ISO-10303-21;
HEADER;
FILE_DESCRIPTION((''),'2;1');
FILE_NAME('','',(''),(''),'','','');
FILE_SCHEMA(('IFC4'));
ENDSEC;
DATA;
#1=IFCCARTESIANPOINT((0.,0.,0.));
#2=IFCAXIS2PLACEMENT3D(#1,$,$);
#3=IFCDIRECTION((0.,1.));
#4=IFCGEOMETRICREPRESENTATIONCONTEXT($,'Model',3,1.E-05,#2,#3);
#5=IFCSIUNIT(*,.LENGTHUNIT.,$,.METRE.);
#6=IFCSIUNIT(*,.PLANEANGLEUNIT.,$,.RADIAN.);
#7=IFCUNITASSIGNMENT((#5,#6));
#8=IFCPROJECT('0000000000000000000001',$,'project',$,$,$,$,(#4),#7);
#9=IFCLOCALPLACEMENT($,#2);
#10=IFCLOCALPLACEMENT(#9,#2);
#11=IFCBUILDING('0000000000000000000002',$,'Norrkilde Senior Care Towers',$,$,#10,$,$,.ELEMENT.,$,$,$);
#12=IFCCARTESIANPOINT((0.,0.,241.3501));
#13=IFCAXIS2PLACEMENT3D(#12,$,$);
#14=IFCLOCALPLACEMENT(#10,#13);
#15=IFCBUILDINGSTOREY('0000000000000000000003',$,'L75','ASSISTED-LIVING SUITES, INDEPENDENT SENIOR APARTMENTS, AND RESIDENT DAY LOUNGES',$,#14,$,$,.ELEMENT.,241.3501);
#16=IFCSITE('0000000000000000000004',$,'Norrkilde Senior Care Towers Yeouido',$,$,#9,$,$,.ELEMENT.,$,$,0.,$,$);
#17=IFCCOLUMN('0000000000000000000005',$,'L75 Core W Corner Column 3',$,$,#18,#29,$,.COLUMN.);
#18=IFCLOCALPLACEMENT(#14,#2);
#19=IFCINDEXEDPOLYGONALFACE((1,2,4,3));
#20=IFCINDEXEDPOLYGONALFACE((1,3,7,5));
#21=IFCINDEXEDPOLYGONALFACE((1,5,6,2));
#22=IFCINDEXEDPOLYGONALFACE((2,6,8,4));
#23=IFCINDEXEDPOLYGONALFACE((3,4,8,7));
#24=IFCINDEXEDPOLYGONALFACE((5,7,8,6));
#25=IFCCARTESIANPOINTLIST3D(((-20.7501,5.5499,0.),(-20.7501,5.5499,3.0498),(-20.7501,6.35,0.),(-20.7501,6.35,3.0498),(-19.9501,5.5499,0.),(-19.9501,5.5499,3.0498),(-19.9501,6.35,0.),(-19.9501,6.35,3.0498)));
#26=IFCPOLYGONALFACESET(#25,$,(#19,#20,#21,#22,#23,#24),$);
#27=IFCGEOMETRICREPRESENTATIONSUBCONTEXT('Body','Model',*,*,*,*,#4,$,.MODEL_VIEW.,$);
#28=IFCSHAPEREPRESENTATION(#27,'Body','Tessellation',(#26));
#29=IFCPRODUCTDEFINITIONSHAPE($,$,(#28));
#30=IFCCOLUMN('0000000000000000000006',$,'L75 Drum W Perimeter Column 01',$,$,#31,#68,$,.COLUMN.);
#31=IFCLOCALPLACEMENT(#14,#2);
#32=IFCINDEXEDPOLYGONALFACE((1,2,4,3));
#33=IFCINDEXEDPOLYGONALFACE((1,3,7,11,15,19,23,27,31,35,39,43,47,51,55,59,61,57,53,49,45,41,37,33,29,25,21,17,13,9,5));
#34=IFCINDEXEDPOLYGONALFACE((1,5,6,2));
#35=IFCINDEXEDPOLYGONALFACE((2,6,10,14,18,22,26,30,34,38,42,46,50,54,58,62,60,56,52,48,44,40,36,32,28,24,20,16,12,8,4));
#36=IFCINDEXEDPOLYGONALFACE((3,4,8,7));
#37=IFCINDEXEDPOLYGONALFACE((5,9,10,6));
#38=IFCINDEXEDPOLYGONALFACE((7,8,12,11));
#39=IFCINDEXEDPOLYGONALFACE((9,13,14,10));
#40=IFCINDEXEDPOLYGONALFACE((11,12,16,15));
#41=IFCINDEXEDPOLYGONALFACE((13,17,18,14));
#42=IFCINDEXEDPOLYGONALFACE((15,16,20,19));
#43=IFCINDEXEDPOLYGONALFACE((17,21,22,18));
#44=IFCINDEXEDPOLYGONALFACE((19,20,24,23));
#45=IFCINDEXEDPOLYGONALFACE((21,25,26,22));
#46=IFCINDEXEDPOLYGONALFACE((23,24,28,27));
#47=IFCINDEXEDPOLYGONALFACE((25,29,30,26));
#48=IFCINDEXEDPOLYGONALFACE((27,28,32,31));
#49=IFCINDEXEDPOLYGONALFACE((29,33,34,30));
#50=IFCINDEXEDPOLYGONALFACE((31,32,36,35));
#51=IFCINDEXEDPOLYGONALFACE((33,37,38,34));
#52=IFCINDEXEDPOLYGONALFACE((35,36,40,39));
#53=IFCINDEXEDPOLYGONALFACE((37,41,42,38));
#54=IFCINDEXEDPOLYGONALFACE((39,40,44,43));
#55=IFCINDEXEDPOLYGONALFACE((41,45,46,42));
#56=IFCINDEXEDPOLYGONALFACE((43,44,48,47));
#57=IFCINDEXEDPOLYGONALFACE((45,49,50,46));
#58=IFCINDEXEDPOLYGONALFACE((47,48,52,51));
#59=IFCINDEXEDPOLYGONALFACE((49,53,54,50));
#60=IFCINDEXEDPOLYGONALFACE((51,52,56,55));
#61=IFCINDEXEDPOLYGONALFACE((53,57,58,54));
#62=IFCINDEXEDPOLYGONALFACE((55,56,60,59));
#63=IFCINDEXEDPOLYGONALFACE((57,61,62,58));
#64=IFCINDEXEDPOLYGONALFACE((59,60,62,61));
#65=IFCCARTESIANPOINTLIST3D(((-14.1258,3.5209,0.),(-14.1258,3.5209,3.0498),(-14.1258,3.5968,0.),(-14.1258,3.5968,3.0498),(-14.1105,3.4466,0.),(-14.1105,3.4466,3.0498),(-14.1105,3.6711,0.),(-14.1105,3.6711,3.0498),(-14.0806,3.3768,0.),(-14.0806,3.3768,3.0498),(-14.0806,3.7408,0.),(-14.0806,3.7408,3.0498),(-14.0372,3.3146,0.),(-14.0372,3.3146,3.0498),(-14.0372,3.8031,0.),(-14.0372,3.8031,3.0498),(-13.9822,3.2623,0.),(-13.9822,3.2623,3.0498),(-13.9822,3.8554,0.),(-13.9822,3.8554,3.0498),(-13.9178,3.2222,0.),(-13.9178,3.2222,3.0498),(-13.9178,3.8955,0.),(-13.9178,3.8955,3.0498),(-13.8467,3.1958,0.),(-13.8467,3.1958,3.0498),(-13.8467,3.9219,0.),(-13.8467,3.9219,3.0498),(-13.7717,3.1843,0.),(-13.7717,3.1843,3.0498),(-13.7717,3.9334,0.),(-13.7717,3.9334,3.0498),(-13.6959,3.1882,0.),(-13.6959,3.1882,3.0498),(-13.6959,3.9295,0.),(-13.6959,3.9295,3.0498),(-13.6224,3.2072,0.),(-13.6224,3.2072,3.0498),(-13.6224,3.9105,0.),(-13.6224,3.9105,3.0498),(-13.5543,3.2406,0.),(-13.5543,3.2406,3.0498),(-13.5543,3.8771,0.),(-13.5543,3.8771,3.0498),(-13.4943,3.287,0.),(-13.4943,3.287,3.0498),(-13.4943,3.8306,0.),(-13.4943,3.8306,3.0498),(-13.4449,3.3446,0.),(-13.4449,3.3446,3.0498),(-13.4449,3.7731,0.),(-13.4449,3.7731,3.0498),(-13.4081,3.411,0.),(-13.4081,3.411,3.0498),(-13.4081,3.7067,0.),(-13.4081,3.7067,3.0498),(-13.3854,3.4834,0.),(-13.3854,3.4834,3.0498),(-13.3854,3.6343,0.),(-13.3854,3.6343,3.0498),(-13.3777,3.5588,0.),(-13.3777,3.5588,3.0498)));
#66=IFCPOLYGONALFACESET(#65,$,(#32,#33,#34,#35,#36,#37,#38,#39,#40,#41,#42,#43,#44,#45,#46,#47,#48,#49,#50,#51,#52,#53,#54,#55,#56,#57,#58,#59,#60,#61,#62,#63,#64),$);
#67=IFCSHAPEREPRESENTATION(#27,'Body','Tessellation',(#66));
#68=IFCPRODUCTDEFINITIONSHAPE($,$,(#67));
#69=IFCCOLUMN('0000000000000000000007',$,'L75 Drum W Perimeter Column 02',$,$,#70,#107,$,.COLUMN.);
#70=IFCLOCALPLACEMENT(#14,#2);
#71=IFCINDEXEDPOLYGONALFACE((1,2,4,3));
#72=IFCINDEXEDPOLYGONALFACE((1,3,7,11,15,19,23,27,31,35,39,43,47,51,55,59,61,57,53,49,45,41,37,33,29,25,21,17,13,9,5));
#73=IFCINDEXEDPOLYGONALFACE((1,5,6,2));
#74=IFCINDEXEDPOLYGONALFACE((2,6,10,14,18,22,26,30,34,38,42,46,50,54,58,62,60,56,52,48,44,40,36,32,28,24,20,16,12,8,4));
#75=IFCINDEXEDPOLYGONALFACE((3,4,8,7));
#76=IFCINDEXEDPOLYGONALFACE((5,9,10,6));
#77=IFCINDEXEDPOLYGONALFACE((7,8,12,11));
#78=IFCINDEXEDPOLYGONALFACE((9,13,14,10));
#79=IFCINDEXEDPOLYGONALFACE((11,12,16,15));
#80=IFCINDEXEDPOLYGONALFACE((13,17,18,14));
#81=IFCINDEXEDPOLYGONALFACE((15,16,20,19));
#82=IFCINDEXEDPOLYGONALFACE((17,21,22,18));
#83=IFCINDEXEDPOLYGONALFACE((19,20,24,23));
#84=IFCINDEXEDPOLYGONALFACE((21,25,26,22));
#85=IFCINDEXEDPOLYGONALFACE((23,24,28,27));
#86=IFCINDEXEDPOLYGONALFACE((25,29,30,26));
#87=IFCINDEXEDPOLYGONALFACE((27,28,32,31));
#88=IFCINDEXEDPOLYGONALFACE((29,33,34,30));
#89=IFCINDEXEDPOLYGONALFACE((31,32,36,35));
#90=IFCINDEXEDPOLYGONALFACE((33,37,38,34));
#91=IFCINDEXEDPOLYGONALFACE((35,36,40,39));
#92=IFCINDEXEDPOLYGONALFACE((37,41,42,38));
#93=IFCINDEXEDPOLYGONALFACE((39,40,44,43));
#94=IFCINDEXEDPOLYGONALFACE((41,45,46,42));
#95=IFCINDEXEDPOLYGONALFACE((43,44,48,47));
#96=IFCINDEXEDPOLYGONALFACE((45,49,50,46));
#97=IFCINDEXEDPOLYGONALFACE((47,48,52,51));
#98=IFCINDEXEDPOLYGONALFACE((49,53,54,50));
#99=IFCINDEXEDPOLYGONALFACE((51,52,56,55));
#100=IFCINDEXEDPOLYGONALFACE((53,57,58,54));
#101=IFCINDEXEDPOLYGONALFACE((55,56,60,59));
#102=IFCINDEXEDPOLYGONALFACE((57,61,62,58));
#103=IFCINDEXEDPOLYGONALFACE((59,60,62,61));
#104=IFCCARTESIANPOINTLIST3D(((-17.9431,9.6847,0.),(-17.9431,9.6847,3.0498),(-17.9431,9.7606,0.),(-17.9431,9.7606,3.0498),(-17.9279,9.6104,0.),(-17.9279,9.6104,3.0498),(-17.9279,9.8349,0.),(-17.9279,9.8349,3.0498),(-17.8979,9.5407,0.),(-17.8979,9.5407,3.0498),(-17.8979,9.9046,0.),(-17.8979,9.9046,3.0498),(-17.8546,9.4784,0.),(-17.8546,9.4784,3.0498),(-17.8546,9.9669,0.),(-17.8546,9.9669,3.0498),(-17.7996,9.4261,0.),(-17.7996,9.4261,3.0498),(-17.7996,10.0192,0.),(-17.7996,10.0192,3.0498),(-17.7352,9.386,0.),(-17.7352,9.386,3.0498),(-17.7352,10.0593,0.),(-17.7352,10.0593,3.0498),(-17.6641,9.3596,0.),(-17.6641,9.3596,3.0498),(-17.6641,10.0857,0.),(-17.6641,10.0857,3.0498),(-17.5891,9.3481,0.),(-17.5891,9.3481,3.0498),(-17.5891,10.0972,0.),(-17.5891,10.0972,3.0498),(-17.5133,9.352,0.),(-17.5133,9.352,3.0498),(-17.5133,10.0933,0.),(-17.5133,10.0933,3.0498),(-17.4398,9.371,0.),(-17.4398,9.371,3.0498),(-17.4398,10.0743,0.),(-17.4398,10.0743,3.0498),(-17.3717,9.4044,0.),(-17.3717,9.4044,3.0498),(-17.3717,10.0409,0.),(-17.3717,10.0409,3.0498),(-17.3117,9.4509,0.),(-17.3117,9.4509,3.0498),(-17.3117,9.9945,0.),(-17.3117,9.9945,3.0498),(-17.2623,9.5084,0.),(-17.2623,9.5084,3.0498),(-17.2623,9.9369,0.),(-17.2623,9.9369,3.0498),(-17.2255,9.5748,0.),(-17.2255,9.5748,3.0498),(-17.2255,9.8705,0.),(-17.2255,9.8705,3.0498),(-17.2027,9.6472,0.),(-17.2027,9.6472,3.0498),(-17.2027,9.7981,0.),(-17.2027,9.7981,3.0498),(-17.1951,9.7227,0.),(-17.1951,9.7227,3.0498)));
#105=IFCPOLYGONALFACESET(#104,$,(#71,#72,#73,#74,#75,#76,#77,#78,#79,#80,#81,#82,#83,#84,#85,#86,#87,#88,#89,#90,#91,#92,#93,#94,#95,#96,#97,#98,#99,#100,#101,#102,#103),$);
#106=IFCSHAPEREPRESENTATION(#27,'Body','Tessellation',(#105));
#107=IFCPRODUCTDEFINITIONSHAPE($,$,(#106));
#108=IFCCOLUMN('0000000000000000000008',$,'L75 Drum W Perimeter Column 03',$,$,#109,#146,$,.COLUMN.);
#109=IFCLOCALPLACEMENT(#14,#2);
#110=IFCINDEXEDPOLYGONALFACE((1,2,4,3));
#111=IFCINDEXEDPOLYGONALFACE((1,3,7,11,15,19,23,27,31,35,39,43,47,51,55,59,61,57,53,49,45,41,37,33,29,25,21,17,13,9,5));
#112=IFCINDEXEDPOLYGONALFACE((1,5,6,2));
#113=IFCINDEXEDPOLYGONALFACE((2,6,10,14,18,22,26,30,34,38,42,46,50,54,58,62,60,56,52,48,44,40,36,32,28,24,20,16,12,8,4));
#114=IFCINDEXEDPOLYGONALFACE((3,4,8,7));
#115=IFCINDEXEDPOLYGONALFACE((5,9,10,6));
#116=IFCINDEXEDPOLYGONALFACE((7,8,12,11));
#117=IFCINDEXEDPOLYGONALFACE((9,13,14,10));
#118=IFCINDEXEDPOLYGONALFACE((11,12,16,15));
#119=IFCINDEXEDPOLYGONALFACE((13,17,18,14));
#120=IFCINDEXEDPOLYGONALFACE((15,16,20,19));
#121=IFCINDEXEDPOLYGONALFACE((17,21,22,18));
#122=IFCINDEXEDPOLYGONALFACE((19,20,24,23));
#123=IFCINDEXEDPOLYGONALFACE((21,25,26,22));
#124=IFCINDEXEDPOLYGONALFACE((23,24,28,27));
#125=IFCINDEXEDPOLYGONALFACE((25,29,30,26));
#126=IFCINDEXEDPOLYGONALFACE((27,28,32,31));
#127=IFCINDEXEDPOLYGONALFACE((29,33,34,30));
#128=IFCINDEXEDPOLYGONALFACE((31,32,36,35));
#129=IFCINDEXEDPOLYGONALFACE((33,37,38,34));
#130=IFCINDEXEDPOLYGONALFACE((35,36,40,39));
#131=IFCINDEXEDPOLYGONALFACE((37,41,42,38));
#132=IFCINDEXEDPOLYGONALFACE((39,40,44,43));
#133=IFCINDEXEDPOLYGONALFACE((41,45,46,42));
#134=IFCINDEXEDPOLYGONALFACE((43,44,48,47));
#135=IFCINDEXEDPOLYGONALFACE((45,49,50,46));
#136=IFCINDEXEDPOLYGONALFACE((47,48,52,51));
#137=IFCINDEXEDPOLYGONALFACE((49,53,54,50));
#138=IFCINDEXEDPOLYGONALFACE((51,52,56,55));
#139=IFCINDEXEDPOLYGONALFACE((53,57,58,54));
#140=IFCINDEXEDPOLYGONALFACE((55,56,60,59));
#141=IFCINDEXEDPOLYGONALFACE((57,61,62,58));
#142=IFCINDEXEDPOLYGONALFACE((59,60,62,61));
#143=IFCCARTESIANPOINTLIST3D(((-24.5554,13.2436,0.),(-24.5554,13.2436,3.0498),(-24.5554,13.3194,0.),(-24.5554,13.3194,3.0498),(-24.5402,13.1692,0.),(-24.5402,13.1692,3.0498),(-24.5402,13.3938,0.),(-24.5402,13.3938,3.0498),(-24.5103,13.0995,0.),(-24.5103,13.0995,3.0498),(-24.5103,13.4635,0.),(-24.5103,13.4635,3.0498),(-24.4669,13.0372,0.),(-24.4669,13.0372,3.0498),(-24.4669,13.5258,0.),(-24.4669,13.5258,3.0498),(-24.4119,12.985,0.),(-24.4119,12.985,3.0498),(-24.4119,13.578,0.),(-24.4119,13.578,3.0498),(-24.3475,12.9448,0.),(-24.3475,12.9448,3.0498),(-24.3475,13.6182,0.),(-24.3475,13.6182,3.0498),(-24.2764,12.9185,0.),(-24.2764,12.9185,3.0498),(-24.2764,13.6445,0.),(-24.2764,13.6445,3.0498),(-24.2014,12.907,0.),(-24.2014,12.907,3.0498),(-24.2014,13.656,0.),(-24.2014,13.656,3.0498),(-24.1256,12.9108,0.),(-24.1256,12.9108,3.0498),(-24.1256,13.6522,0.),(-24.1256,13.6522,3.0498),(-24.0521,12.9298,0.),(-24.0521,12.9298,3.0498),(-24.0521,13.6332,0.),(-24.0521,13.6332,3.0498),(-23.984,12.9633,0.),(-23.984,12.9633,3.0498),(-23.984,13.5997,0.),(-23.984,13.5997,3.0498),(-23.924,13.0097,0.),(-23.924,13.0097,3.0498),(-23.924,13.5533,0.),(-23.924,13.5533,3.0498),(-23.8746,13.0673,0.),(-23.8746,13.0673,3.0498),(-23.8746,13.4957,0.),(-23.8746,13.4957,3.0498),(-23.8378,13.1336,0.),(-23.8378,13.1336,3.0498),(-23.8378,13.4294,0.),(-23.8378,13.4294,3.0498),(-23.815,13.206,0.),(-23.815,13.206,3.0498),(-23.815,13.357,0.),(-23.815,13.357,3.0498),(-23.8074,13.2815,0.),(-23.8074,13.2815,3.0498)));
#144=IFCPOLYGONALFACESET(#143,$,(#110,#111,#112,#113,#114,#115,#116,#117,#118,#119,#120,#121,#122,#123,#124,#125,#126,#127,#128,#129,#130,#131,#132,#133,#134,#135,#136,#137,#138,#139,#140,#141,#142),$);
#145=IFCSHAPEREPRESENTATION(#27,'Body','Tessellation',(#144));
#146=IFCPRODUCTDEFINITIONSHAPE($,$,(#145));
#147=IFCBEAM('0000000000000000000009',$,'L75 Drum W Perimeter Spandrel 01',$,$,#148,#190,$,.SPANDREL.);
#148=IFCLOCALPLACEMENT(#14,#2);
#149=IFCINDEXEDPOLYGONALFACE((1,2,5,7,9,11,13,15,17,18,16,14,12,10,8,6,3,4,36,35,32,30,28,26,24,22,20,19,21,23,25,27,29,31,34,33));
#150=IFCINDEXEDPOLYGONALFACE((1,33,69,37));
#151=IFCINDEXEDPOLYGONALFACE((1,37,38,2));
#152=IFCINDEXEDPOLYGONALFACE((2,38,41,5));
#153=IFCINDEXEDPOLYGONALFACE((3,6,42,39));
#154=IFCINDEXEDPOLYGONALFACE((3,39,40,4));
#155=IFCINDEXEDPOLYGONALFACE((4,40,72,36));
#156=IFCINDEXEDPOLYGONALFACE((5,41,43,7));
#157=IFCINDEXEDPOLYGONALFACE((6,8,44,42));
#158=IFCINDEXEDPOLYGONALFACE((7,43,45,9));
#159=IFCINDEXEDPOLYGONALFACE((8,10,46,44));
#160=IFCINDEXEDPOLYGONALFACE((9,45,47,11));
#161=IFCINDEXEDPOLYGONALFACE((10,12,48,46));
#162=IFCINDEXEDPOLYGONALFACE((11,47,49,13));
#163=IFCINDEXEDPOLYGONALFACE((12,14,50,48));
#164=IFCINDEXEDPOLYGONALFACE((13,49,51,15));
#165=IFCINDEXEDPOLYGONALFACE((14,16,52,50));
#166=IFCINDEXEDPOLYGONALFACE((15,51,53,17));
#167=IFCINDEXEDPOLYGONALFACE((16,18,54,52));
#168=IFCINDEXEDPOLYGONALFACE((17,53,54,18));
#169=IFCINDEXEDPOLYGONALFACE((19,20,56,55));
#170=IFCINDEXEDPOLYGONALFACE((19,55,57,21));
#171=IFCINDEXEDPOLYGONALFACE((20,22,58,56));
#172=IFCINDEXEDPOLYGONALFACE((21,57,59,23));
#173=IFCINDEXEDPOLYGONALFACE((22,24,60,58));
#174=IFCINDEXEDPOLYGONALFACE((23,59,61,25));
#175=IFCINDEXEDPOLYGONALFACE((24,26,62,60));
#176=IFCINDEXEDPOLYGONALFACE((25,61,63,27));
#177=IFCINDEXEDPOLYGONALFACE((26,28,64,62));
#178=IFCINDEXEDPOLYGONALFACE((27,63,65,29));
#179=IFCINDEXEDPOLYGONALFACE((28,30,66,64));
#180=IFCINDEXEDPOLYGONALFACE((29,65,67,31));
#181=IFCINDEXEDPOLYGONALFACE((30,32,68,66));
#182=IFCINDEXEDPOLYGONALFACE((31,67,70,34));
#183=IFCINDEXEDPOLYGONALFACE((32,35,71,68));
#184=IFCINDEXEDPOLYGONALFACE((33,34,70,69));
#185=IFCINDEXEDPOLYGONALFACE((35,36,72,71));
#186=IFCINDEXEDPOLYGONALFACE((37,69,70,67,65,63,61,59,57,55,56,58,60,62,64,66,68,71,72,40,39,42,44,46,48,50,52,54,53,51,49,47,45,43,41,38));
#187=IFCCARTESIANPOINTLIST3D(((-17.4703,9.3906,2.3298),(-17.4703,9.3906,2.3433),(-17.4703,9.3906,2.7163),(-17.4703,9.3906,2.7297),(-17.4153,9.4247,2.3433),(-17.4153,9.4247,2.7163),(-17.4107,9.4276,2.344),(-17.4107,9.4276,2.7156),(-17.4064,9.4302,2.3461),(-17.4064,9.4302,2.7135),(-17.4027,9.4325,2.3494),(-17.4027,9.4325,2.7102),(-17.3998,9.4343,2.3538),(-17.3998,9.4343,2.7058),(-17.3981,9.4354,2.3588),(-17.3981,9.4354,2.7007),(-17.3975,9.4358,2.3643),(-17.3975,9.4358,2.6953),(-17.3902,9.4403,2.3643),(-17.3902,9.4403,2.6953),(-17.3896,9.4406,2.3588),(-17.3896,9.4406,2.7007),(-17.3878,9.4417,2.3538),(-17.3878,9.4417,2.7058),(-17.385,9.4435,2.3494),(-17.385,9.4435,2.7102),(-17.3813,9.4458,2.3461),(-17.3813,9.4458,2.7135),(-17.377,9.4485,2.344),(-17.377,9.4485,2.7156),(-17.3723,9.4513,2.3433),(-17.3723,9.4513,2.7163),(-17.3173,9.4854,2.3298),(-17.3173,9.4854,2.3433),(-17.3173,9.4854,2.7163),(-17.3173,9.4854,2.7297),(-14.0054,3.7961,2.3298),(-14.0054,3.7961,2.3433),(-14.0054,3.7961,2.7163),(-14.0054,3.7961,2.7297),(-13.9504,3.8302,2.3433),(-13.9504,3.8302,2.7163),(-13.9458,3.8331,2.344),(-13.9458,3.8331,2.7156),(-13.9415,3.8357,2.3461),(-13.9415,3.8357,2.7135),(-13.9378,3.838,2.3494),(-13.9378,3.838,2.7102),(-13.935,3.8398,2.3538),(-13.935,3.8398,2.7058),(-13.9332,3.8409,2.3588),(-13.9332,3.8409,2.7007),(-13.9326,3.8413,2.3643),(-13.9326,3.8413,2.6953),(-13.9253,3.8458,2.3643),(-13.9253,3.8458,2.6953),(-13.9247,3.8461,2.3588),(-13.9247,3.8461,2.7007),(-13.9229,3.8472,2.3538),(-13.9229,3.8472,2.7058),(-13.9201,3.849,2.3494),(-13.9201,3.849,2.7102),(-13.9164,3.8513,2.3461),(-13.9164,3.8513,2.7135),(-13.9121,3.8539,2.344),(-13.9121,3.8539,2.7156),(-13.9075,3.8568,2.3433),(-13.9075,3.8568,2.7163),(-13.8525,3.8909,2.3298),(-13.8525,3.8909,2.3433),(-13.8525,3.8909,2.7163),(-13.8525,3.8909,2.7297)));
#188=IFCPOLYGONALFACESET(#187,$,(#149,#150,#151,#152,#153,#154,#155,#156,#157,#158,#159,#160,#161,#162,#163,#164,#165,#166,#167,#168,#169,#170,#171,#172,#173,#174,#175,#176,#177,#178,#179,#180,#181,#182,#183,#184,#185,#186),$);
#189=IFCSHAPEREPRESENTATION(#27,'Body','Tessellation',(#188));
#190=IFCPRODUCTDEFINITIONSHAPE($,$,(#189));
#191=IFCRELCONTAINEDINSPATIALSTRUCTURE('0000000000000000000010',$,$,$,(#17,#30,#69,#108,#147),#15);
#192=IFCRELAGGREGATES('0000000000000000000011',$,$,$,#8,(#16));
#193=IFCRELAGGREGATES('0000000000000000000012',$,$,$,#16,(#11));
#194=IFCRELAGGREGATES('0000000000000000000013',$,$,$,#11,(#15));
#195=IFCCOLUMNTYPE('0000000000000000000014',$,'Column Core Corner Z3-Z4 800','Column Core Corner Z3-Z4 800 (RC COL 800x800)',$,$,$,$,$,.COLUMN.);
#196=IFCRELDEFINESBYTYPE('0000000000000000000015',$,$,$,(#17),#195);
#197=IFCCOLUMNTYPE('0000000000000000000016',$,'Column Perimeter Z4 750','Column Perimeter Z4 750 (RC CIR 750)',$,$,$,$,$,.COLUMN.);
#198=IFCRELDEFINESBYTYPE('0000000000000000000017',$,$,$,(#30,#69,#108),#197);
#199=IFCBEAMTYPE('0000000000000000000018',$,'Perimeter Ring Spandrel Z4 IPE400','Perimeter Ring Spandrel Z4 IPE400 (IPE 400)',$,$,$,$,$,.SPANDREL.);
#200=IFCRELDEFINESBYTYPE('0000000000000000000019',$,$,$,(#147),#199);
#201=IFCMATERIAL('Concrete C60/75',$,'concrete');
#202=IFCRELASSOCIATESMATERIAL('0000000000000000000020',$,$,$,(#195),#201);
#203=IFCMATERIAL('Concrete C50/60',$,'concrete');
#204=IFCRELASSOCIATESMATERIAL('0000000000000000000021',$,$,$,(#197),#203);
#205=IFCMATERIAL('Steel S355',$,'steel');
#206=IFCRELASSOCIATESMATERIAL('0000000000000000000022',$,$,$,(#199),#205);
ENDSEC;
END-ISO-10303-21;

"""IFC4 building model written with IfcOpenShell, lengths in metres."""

from ifc_helpers import new_model, si_unit, direction, frame, origin, origin_2d, place, context, subcontext, project, spatial, rectangle, circle, i_section, extrude, source, transform, mapped, material, material_profile, profile_set, type_object, type_shapes, element, save


model = new_model("IFC4")

# Units and contexts
model_context = context("Model", 3, precision=1e-05, world=origin(), true_north=direction((0.0, 1.0)))
body_context = subcontext(model_context, "Body", "Model", "MODEL_VIEW")
ifc_project = project(units=[si_unit("LENGTHUNIT", "METRE"), si_unit("PLANEANGLEUNIT", "RADIAN")], contexts=[model_context])

# Site, building, storey
site_placement = place(None, origin())
site = spatial("IfcSite", under=ifc_project, at=site_placement, Name="Norrkilde Senior Care Towers Yeouido", CompositionType="ELEMENT", RefElevation=0.0)
building_placement = place(site_placement, origin())
building = spatial("IfcBuilding", under=site, at=building_placement, Name="Norrkilde Senior Care Towers", CompositionType="ELEMENT")
storey_placement = place(building_placement, frame((0.0, 0.0, 241.3501)))
storey = spatial("IfcBuildingStorey", under=building, at=storey_placement, Name="L75", Description="ASSISTED-LIVING SUITES, INDEPENDENT SENIOR APARTMENTS, AND RESIDENT DAY LOUNGES", CompositionType="ELEMENT", Elevation=241.3501)

# Columns
ifc_material_1 = material(Name="Concrete C60/75", Category="concrete")
ifc_material_profile_1 = material_profile(ifc_material_1, rectangle(XDim=0.8, YDim=0.8, at=origin_2d()), Name="RC COL 800x800")
ifc_profile_set_1 = profile_set([ifc_material_profile_1], Name="Concrete C60/75")
column_type_1 = type_object("IfcColumnType", Name="Column Core Corner Z3-Z4 800", Description="Column Core Corner Z3-Z4 800 (RC COL 800x800)", PredefinedType="COLUMN", material=ifc_profile_set_1)
shared_shape_1 = source(origin(), body_context, "Body", "SweptSolid", [
    extrude(rectangle(XDim=0.8, YDim=0.8, at=origin_2d()), origin(), (0.0, 0.0, 1.0), 3.0498),
])
type_shapes(column_type_1, [shared_shape_1])
column_placement = place(storey_placement, frame((-20.3501, 5.95, 0.0), z_axis=(0.0, 0.0, 1.0), x_axis=(1.0, 0.0, 0.0)))
element("IfcColumn", 1, at=column_placement, inside=storey, type_object=column_type_1, Name="L75 Core W Corner Column 3", PredefinedType="COLUMN", context=body_context, shape_type="MappedRepresentation", body=[
    mapped(shared_shape_1, transform((0.0, 0.0, 0.0), x_axis=(1.0, 0.0, 0.0), y_axis=(0.0, 1.0, 0.0), z_axis=(0.0, 0.0, 1.0), scale=1.0)),
])
ifc_material_2 = material(Name="Concrete C50/60", Category="concrete")
ifc_material_profile_2 = material_profile(ifc_material_2, circle(Radius=0.375, at=origin_2d()), Name="RC CIR 750")
ifc_profile_set_2 = profile_set([ifc_material_profile_2], Name="Concrete C50/60")
column_type_2 = type_object("IfcColumnType", Name="Column Perimeter Z4 750", Description="Column Perimeter Z4 750 (RC CIR 750)", PredefinedType="COLUMN", material=ifc_profile_set_2)
shared_shape_2 = source(origin(), body_context, "Body", "SweptSolid", [
    extrude(circle(Radius=0.375, at=origin_2d()), origin(), (0.0, 0.0, 1.0), 3.0498),
])
type_shapes(column_type_2, [shared_shape_2])
for number, where, z_axis, x_axis, name in (
    (2, (-13.7527, 3.5588, 0.0), (0.0, 0.0, 1.0), (1.0, 0.0, 0.0), "L75 Drum W Perimeter Column 01"),
    (3, (-17.5701, 9.7227, 0.0), (0.0, 0.0, 1.0), (1.0, 0.0, 0.0), "L75 Drum W Perimeter Column 02"),
    (4, (-24.1824, 13.2815, 0.0), (0.0, 0.0, 1.0), (1.0, 0.0, 0.0), "L75 Drum W Perimeter Column 03"),
):
    element("IfcColumn", number, at=place(storey_placement, frame(where, z_axis=z_axis, x_axis=x_axis)), inside=storey, type_object=column_type_2, Name=name, PredefinedType="COLUMN", context=body_context, shape_type="MappedRepresentation", body=[
        mapped(shared_shape_2, transform((0.0, 0.0, 0.0), x_axis=(1.0, 0.0, 0.0), y_axis=(0.0, 1.0, 0.0), z_axis=(0.0, 0.0, 1.0), scale=1.0)),
    ])

# Beam
ifc_material_3 = material(Name="Steel S355", Category="steel")
ifc_material_profile_3 = material_profile(ifc_material_3, i_section(OverallWidth=0.1799, OverallDepth=0.3999, WebThickness=0.0085, FlangeThickness=0.0134, FilletRadius=0.021, at=origin_2d()), Name="IPE 400")
ifc_profile_set_3 = profile_set([ifc_material_profile_3], Name="Steel S355")
beam_type_1 = type_object("IfcBeamType", Name="Perimeter Ring Spandrel Z4 IPE400", Description="Perimeter Ring Spandrel Z4 IPE400 (IPE 400)", PredefinedType="SPANDREL", material=ifc_profile_set_3)
shared_shape_3 = source(origin(), body_context, "Body", "SweptSolid", [
    extrude(i_section(OverallWidth=0.1799, OverallDepth=0.3999, WebThickness=0.0085, FlangeThickness=0.0134, FilletRadius=0.021, at=origin_2d()), origin(), (0.0, 0.0, 1.0), 6.5806),
])
beam_1_placement = place(storey_placement, frame((-13.929, 3.8435, 2.5298), z_axis=(-0.52653, 0.850157, 0.0), x_axis=(-0.850157, -0.52653, 0.0)))
element("IfcBeam", 5, at=beam_1_placement, inside=storey, type_object=beam_type_1, Name="L75 Drum W Perimeter Spandrel 01", PredefinedType="SPANDREL", context=body_context, shape_type="MappedRepresentation", body=[
    mapped(shared_shape_3, transform((0.0, 0.0, 0.0), x_axis=(1.0, 0.0, 0.0), y_axis=(0.0, 1.0, 0.0), z_axis=(0.0, 0.0, 1.0), scale=1.0)),
])

save(model, "model.ifc")
